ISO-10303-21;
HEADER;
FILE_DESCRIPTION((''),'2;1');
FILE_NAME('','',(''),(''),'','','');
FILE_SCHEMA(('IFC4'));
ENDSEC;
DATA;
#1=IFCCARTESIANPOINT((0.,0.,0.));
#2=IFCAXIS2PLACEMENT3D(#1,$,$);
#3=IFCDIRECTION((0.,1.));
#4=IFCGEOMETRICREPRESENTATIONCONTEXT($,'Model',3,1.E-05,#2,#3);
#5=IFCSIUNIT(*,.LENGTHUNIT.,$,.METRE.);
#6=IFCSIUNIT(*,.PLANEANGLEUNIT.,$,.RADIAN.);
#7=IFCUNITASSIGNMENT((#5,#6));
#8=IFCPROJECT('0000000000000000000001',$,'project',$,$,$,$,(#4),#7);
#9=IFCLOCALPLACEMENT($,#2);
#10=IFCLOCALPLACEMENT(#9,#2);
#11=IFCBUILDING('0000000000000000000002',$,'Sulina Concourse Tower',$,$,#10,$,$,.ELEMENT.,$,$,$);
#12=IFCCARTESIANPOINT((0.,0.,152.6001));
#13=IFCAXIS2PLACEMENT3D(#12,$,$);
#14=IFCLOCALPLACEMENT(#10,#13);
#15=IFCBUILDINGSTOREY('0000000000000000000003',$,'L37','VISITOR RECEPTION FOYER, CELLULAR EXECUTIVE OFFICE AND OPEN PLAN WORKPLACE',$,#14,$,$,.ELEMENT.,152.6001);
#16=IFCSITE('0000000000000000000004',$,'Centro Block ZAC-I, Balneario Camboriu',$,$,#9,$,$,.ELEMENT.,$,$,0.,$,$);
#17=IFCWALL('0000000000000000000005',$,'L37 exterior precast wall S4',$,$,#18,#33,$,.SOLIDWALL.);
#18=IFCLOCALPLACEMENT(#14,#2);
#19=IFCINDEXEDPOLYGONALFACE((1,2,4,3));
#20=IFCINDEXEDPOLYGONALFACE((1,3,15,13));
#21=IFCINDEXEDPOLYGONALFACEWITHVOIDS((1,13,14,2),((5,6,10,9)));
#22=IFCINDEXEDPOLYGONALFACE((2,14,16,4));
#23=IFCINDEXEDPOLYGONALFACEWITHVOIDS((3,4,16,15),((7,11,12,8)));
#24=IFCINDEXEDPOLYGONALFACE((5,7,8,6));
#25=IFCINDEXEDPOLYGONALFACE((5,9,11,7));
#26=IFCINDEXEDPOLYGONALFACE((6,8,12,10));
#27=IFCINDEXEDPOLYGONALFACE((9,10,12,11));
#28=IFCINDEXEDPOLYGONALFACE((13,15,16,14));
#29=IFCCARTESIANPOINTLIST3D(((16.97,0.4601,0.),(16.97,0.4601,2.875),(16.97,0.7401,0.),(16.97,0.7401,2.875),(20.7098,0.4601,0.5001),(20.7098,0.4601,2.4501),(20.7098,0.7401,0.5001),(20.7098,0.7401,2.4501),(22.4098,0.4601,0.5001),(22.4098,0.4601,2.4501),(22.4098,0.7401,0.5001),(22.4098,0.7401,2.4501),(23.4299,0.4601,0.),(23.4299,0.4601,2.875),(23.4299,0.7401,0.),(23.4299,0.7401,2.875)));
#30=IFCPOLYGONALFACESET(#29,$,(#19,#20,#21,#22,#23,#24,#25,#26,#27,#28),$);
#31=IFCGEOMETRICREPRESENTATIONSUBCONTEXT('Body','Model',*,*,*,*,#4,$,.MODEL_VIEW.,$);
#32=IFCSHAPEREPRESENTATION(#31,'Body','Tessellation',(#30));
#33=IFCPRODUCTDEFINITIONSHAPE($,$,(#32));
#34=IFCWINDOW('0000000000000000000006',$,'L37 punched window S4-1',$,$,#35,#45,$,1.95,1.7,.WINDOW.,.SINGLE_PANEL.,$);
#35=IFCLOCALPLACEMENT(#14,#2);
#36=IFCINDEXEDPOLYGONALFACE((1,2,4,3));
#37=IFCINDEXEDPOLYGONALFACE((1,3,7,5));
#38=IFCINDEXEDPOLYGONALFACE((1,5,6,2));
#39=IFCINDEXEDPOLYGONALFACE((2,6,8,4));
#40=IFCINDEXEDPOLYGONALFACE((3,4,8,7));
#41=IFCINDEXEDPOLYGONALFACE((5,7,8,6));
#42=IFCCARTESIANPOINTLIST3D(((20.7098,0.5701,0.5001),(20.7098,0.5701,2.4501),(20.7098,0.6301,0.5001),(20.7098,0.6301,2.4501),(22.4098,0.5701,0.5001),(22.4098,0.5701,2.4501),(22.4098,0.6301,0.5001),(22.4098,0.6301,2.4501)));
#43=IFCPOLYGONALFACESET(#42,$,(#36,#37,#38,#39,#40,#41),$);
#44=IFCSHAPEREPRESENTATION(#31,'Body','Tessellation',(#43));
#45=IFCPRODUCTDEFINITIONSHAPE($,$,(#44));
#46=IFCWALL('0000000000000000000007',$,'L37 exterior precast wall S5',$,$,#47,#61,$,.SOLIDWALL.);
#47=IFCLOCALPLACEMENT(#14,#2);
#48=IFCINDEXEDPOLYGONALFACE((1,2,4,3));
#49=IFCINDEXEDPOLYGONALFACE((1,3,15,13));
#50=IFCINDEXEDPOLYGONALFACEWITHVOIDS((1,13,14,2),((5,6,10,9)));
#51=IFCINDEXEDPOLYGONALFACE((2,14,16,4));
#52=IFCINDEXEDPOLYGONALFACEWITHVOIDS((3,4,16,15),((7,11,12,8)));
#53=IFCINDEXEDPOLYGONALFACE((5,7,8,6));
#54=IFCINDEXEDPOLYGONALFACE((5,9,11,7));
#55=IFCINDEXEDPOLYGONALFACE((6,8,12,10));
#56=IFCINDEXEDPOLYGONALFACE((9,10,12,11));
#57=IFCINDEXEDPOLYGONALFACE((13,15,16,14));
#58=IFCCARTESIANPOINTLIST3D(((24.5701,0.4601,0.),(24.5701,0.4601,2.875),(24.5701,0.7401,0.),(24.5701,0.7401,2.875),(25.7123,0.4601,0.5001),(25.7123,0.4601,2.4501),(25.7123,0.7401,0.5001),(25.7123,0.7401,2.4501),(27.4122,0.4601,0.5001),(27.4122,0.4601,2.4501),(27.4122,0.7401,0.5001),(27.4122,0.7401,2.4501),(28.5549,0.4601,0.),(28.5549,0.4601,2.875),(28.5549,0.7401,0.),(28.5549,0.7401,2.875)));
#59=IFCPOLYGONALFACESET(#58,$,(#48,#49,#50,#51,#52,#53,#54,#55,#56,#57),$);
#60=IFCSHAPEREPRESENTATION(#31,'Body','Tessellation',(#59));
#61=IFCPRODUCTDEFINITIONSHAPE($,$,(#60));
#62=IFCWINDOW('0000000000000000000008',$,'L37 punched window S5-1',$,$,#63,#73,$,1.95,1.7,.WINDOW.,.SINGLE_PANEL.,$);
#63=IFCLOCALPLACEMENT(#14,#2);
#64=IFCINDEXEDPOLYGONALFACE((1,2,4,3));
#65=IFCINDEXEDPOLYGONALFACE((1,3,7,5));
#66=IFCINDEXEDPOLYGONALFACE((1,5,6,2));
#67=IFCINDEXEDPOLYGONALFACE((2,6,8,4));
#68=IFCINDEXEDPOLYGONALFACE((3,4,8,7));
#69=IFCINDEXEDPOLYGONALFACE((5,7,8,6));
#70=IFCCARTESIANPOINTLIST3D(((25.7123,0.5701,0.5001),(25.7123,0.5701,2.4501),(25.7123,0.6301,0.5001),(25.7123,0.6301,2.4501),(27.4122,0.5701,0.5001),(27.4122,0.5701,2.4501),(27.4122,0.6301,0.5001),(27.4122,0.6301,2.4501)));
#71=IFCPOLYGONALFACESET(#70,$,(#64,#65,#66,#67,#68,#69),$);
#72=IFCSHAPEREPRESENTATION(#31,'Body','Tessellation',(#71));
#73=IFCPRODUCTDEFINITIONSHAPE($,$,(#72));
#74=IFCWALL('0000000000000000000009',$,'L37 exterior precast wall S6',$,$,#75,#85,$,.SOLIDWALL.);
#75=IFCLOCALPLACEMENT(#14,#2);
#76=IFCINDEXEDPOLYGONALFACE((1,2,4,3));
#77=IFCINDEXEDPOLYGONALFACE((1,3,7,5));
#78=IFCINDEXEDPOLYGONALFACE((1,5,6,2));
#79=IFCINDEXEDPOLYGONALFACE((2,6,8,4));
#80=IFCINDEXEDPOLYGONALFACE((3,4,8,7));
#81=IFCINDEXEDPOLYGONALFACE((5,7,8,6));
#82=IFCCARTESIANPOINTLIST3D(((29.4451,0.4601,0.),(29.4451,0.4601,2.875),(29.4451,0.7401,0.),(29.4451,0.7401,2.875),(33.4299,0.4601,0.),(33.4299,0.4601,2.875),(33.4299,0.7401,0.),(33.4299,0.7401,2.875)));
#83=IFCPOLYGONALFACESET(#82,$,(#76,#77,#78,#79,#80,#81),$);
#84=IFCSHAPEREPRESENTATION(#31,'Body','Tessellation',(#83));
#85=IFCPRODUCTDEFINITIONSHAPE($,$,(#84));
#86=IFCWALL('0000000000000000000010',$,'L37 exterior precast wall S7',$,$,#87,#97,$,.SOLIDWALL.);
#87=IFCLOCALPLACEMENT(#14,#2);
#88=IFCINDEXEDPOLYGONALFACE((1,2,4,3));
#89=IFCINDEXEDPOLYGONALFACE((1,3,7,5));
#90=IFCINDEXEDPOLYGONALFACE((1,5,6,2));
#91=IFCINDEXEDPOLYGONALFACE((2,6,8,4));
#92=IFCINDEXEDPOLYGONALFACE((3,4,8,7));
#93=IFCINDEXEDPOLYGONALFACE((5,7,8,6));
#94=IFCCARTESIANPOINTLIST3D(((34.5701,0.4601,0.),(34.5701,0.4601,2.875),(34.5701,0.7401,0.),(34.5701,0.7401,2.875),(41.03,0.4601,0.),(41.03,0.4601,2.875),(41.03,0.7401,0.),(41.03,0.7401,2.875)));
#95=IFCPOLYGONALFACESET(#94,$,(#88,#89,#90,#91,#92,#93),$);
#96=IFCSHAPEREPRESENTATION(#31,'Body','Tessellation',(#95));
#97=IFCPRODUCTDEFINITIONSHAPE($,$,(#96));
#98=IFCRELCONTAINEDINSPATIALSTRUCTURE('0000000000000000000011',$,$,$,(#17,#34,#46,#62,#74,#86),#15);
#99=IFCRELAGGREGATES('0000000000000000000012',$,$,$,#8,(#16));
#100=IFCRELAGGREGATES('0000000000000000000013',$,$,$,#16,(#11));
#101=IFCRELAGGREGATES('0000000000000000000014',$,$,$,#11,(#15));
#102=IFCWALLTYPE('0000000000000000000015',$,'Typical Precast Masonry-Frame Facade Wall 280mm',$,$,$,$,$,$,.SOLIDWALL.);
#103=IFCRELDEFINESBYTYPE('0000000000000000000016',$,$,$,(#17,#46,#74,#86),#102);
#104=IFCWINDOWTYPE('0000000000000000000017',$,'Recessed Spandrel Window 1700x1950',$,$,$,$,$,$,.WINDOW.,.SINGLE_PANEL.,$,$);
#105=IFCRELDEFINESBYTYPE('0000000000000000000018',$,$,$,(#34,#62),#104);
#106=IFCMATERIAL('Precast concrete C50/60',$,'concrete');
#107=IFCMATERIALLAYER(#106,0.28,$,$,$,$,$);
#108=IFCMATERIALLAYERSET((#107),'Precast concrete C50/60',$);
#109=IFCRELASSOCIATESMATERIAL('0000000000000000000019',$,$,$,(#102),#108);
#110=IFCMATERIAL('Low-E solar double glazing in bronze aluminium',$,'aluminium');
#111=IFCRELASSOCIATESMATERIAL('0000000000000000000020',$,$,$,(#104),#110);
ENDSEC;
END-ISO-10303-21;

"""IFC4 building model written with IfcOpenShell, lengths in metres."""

from ifc_helpers import new_model, si_unit, direction, frame, frame_2d, origin, place, context, subcontext, project, spatial, rectangle, extrude, material, layer, layer_set, type_object, element, fill, save


model = new_model("IFC4")

# Units and contexts
model_context = context("Model", 3, precision=1e-05, world=origin(), true_north=direction((0.0, 1.0)))
body_context = subcontext(model_context, "Body", "Model", "MODEL_VIEW")
ifc_project = project(units=[si_unit("LENGTHUNIT", "METRE"), si_unit("PLANEANGLEUNIT", "RADIAN")], contexts=[model_context])

# Site, building, storey
site_placement = place(None, origin())
site = spatial("IfcSite", under=ifc_project, at=site_placement, Name="Centro Block ZAC-I, Balneario Camboriu", CompositionType="ELEMENT", RefElevation=0.0)
building_placement = place(site_placement, origin())
building = spatial("IfcBuilding", under=site, at=building_placement, Name="Sulina Concourse Tower", CompositionType="ELEMENT")
storey_placement = place(building_placement, frame((0.0, 0.0, 152.6001)))
storey = spatial("IfcBuildingStorey", under=building, at=storey_placement, Name="L37", Description="VISITOR RECEPTION FOYER, CELLULAR EXECUTIVE OFFICE AND OPEN PLAN WORKPLACE", CompositionType="ELEMENT", Elevation=152.6001)

# Walls, openings, windows
ifc_material_1 = material(Name="Precast concrete C50/60", Category="concrete")
ifc_layer_1 = layer(ifc_material_1, 0.28)
ifc_layer_set_1 = layer_set([ifc_layer_1], Name="Precast concrete C50/60")
wall_type_1 = type_object("IfcWallType", Name="Typical Precast Masonry-Frame Facade Wall 280mm", PredefinedType="SOLIDWALL", material=ifc_layer_set_1)
wall_1_placement = place(storey_placement, frame((23.4299, 0.6001, 0.0), z_axis=(0.0, 0.0, 1.0), x_axis=(-1.0, 0.0, 0.0)))
wall_1 = element("IfcWall", 1, at=wall_1_placement, inside=storey, type_object=wall_type_1, Name="L37 exterior precast wall S4", PredefinedType="SOLIDWALL", context=body_context, shape_type="SweptSolid", body=[
    extrude(rectangle(XDim=6.46, YDim=0.28, at=frame_2d((3.23, 0.0))), origin(), (0.0, 0.0, 1.0), 2.875),
])
opening_1_placement = place(wall_1_placement, frame((1.02, 0.0, 0.5)))
opening_1 = element("IfcOpeningElement", 2, at=opening_1_placement, cuts=wall_1, PredefinedType="OPENING", context=body_context, shape_type="SweptSolid", body=[
    extrude(rectangle(XDim=1.7, YDim=1.95, at=frame_2d((0.8501, 0.9751))), frame((0.0, 0.1499, 0.0), z_axis=(0.0, -1.0, 0.0), x_axis=(1.0, 0.0, 0.0)), (0.0, 0.0, 1.0), 0.3),
])
ifc_material_2 = material(Name="Low-E solar double glazing in bronze aluminium", Category="aluminium")
window_type = type_object("IfcWindowType", Name="Recessed Spandrel Window 1700x1950", PartitioningType="SINGLE_PANEL", PredefinedType="WINDOW", material=ifc_material_2)
window_1_placement = place(opening_1_placement, origin())
window_1 = element("IfcWindow", 3, at=window_1_placement, inside=storey, type_object=window_type, Name="L37 punched window S4-1", OverallHeight=1.95, OverallWidth=1.7, PartitioningType="SINGLE_PANEL", PredefinedType="WINDOW", context=body_context, shape_type="SweptSolid", body=[
    extrude(rectangle(XDim=1.7, YDim=1.95, at=frame_2d((0.8501, 0.9751))), frame((0.0, 0.03, 0.0), z_axis=(0.0, -1.0, 0.0), x_axis=(1.0, 0.0, 0.0)), (0.0, 0.0, 1.0), 0.0601),
])
fill(opening_1, window_1)
wall_2_placement = place(storey_placement, frame((28.5549, 0.6001, 0.0), z_axis=(0.0, 0.0, 1.0), x_axis=(-1.0, 0.0, 0.0)))
wall_2 = element("IfcWall", 4, at=wall_2_placement, inside=storey, type_object=wall_type_1, Name="L37 exterior precast wall S5", PredefinedType="SOLIDWALL", context=body_context, shape_type="SweptSolid", body=[
    extrude(rectangle(XDim=3.9849, YDim=0.28, at=frame_2d((1.9924, 0.0))), origin(), (0.0, 0.0, 1.0), 2.875),
])
opening_2_placement = place(wall_2_placement, frame((1.1426, 0.0, 0.5)))
opening_2 = element("IfcOpeningElement", 5, at=opening_2_placement, cuts=wall_2, PredefinedType="OPENING", context=body_context, shape_type="SweptSolid", body=[
    extrude(rectangle(XDim=1.7, YDim=1.95, at=frame_2d((0.8501, 0.9751))), frame((0.0, 0.1499, 0.0), z_axis=(0.0, -1.0, 0.0), x_axis=(1.0, 0.0, 0.0)), (0.0, 0.0, 1.0), 0.3),
])
window_2_placement = place(opening_2_placement, origin())
window_2 = element("IfcWindow", 6, at=window_2_placement, inside=storey, type_object=window_type, Name="L37 punched window S5-1", OverallHeight=1.95, OverallWidth=1.7, PartitioningType="SINGLE_PANEL", PredefinedType="WINDOW", context=body_context, shape_type="SweptSolid", body=[
    extrude(rectangle(XDim=1.7, YDim=1.95, at=frame_2d((0.8501, 0.9751))), frame((0.0, 0.03, 0.0), z_axis=(0.0, -1.0, 0.0), x_axis=(1.0, 0.0, 0.0)), (0.0, 0.0, 1.0), 0.0601),
])
fill(opening_2, window_2)

# Walls
wall_3_placement = place(storey_placement, frame((33.4299, 0.6001, 0.0), z_axis=(0.0, 0.0, 1.0), x_axis=(-1.0, 0.0, 0.0)))
element("IfcWall", 7, at=wall_3_placement, inside=storey, type_object=wall_type_1, Name="L37 exterior precast wall S6", PredefinedType="SOLIDWALL", context=body_context, shape_type="SweptSolid", body=[
    extrude(rectangle(XDim=3.9849, YDim=0.28, at=frame_2d((1.9924, 0.0))), origin(), (0.0, 0.0, 1.0), 2.875),
])
wall_4_placement = place(storey_placement, frame((41.03, 0.6001, 0.0), z_axis=(0.0, 0.0, 1.0), x_axis=(-1.0, 0.0, 0.0)))
element("IfcWall", 8, at=wall_4_placement, inside=storey, type_object=wall_type_1, Name="L37 exterior precast wall S7", PredefinedType="SOLIDWALL", context=body_context, shape_type="SweptSolid", body=[
    extrude(rectangle(XDim=6.46, YDim=0.28, at=frame_2d((3.23, 0.0))), origin(), (0.0, 0.0, 1.0), 2.875),
])

save(model, "model.ifc")
